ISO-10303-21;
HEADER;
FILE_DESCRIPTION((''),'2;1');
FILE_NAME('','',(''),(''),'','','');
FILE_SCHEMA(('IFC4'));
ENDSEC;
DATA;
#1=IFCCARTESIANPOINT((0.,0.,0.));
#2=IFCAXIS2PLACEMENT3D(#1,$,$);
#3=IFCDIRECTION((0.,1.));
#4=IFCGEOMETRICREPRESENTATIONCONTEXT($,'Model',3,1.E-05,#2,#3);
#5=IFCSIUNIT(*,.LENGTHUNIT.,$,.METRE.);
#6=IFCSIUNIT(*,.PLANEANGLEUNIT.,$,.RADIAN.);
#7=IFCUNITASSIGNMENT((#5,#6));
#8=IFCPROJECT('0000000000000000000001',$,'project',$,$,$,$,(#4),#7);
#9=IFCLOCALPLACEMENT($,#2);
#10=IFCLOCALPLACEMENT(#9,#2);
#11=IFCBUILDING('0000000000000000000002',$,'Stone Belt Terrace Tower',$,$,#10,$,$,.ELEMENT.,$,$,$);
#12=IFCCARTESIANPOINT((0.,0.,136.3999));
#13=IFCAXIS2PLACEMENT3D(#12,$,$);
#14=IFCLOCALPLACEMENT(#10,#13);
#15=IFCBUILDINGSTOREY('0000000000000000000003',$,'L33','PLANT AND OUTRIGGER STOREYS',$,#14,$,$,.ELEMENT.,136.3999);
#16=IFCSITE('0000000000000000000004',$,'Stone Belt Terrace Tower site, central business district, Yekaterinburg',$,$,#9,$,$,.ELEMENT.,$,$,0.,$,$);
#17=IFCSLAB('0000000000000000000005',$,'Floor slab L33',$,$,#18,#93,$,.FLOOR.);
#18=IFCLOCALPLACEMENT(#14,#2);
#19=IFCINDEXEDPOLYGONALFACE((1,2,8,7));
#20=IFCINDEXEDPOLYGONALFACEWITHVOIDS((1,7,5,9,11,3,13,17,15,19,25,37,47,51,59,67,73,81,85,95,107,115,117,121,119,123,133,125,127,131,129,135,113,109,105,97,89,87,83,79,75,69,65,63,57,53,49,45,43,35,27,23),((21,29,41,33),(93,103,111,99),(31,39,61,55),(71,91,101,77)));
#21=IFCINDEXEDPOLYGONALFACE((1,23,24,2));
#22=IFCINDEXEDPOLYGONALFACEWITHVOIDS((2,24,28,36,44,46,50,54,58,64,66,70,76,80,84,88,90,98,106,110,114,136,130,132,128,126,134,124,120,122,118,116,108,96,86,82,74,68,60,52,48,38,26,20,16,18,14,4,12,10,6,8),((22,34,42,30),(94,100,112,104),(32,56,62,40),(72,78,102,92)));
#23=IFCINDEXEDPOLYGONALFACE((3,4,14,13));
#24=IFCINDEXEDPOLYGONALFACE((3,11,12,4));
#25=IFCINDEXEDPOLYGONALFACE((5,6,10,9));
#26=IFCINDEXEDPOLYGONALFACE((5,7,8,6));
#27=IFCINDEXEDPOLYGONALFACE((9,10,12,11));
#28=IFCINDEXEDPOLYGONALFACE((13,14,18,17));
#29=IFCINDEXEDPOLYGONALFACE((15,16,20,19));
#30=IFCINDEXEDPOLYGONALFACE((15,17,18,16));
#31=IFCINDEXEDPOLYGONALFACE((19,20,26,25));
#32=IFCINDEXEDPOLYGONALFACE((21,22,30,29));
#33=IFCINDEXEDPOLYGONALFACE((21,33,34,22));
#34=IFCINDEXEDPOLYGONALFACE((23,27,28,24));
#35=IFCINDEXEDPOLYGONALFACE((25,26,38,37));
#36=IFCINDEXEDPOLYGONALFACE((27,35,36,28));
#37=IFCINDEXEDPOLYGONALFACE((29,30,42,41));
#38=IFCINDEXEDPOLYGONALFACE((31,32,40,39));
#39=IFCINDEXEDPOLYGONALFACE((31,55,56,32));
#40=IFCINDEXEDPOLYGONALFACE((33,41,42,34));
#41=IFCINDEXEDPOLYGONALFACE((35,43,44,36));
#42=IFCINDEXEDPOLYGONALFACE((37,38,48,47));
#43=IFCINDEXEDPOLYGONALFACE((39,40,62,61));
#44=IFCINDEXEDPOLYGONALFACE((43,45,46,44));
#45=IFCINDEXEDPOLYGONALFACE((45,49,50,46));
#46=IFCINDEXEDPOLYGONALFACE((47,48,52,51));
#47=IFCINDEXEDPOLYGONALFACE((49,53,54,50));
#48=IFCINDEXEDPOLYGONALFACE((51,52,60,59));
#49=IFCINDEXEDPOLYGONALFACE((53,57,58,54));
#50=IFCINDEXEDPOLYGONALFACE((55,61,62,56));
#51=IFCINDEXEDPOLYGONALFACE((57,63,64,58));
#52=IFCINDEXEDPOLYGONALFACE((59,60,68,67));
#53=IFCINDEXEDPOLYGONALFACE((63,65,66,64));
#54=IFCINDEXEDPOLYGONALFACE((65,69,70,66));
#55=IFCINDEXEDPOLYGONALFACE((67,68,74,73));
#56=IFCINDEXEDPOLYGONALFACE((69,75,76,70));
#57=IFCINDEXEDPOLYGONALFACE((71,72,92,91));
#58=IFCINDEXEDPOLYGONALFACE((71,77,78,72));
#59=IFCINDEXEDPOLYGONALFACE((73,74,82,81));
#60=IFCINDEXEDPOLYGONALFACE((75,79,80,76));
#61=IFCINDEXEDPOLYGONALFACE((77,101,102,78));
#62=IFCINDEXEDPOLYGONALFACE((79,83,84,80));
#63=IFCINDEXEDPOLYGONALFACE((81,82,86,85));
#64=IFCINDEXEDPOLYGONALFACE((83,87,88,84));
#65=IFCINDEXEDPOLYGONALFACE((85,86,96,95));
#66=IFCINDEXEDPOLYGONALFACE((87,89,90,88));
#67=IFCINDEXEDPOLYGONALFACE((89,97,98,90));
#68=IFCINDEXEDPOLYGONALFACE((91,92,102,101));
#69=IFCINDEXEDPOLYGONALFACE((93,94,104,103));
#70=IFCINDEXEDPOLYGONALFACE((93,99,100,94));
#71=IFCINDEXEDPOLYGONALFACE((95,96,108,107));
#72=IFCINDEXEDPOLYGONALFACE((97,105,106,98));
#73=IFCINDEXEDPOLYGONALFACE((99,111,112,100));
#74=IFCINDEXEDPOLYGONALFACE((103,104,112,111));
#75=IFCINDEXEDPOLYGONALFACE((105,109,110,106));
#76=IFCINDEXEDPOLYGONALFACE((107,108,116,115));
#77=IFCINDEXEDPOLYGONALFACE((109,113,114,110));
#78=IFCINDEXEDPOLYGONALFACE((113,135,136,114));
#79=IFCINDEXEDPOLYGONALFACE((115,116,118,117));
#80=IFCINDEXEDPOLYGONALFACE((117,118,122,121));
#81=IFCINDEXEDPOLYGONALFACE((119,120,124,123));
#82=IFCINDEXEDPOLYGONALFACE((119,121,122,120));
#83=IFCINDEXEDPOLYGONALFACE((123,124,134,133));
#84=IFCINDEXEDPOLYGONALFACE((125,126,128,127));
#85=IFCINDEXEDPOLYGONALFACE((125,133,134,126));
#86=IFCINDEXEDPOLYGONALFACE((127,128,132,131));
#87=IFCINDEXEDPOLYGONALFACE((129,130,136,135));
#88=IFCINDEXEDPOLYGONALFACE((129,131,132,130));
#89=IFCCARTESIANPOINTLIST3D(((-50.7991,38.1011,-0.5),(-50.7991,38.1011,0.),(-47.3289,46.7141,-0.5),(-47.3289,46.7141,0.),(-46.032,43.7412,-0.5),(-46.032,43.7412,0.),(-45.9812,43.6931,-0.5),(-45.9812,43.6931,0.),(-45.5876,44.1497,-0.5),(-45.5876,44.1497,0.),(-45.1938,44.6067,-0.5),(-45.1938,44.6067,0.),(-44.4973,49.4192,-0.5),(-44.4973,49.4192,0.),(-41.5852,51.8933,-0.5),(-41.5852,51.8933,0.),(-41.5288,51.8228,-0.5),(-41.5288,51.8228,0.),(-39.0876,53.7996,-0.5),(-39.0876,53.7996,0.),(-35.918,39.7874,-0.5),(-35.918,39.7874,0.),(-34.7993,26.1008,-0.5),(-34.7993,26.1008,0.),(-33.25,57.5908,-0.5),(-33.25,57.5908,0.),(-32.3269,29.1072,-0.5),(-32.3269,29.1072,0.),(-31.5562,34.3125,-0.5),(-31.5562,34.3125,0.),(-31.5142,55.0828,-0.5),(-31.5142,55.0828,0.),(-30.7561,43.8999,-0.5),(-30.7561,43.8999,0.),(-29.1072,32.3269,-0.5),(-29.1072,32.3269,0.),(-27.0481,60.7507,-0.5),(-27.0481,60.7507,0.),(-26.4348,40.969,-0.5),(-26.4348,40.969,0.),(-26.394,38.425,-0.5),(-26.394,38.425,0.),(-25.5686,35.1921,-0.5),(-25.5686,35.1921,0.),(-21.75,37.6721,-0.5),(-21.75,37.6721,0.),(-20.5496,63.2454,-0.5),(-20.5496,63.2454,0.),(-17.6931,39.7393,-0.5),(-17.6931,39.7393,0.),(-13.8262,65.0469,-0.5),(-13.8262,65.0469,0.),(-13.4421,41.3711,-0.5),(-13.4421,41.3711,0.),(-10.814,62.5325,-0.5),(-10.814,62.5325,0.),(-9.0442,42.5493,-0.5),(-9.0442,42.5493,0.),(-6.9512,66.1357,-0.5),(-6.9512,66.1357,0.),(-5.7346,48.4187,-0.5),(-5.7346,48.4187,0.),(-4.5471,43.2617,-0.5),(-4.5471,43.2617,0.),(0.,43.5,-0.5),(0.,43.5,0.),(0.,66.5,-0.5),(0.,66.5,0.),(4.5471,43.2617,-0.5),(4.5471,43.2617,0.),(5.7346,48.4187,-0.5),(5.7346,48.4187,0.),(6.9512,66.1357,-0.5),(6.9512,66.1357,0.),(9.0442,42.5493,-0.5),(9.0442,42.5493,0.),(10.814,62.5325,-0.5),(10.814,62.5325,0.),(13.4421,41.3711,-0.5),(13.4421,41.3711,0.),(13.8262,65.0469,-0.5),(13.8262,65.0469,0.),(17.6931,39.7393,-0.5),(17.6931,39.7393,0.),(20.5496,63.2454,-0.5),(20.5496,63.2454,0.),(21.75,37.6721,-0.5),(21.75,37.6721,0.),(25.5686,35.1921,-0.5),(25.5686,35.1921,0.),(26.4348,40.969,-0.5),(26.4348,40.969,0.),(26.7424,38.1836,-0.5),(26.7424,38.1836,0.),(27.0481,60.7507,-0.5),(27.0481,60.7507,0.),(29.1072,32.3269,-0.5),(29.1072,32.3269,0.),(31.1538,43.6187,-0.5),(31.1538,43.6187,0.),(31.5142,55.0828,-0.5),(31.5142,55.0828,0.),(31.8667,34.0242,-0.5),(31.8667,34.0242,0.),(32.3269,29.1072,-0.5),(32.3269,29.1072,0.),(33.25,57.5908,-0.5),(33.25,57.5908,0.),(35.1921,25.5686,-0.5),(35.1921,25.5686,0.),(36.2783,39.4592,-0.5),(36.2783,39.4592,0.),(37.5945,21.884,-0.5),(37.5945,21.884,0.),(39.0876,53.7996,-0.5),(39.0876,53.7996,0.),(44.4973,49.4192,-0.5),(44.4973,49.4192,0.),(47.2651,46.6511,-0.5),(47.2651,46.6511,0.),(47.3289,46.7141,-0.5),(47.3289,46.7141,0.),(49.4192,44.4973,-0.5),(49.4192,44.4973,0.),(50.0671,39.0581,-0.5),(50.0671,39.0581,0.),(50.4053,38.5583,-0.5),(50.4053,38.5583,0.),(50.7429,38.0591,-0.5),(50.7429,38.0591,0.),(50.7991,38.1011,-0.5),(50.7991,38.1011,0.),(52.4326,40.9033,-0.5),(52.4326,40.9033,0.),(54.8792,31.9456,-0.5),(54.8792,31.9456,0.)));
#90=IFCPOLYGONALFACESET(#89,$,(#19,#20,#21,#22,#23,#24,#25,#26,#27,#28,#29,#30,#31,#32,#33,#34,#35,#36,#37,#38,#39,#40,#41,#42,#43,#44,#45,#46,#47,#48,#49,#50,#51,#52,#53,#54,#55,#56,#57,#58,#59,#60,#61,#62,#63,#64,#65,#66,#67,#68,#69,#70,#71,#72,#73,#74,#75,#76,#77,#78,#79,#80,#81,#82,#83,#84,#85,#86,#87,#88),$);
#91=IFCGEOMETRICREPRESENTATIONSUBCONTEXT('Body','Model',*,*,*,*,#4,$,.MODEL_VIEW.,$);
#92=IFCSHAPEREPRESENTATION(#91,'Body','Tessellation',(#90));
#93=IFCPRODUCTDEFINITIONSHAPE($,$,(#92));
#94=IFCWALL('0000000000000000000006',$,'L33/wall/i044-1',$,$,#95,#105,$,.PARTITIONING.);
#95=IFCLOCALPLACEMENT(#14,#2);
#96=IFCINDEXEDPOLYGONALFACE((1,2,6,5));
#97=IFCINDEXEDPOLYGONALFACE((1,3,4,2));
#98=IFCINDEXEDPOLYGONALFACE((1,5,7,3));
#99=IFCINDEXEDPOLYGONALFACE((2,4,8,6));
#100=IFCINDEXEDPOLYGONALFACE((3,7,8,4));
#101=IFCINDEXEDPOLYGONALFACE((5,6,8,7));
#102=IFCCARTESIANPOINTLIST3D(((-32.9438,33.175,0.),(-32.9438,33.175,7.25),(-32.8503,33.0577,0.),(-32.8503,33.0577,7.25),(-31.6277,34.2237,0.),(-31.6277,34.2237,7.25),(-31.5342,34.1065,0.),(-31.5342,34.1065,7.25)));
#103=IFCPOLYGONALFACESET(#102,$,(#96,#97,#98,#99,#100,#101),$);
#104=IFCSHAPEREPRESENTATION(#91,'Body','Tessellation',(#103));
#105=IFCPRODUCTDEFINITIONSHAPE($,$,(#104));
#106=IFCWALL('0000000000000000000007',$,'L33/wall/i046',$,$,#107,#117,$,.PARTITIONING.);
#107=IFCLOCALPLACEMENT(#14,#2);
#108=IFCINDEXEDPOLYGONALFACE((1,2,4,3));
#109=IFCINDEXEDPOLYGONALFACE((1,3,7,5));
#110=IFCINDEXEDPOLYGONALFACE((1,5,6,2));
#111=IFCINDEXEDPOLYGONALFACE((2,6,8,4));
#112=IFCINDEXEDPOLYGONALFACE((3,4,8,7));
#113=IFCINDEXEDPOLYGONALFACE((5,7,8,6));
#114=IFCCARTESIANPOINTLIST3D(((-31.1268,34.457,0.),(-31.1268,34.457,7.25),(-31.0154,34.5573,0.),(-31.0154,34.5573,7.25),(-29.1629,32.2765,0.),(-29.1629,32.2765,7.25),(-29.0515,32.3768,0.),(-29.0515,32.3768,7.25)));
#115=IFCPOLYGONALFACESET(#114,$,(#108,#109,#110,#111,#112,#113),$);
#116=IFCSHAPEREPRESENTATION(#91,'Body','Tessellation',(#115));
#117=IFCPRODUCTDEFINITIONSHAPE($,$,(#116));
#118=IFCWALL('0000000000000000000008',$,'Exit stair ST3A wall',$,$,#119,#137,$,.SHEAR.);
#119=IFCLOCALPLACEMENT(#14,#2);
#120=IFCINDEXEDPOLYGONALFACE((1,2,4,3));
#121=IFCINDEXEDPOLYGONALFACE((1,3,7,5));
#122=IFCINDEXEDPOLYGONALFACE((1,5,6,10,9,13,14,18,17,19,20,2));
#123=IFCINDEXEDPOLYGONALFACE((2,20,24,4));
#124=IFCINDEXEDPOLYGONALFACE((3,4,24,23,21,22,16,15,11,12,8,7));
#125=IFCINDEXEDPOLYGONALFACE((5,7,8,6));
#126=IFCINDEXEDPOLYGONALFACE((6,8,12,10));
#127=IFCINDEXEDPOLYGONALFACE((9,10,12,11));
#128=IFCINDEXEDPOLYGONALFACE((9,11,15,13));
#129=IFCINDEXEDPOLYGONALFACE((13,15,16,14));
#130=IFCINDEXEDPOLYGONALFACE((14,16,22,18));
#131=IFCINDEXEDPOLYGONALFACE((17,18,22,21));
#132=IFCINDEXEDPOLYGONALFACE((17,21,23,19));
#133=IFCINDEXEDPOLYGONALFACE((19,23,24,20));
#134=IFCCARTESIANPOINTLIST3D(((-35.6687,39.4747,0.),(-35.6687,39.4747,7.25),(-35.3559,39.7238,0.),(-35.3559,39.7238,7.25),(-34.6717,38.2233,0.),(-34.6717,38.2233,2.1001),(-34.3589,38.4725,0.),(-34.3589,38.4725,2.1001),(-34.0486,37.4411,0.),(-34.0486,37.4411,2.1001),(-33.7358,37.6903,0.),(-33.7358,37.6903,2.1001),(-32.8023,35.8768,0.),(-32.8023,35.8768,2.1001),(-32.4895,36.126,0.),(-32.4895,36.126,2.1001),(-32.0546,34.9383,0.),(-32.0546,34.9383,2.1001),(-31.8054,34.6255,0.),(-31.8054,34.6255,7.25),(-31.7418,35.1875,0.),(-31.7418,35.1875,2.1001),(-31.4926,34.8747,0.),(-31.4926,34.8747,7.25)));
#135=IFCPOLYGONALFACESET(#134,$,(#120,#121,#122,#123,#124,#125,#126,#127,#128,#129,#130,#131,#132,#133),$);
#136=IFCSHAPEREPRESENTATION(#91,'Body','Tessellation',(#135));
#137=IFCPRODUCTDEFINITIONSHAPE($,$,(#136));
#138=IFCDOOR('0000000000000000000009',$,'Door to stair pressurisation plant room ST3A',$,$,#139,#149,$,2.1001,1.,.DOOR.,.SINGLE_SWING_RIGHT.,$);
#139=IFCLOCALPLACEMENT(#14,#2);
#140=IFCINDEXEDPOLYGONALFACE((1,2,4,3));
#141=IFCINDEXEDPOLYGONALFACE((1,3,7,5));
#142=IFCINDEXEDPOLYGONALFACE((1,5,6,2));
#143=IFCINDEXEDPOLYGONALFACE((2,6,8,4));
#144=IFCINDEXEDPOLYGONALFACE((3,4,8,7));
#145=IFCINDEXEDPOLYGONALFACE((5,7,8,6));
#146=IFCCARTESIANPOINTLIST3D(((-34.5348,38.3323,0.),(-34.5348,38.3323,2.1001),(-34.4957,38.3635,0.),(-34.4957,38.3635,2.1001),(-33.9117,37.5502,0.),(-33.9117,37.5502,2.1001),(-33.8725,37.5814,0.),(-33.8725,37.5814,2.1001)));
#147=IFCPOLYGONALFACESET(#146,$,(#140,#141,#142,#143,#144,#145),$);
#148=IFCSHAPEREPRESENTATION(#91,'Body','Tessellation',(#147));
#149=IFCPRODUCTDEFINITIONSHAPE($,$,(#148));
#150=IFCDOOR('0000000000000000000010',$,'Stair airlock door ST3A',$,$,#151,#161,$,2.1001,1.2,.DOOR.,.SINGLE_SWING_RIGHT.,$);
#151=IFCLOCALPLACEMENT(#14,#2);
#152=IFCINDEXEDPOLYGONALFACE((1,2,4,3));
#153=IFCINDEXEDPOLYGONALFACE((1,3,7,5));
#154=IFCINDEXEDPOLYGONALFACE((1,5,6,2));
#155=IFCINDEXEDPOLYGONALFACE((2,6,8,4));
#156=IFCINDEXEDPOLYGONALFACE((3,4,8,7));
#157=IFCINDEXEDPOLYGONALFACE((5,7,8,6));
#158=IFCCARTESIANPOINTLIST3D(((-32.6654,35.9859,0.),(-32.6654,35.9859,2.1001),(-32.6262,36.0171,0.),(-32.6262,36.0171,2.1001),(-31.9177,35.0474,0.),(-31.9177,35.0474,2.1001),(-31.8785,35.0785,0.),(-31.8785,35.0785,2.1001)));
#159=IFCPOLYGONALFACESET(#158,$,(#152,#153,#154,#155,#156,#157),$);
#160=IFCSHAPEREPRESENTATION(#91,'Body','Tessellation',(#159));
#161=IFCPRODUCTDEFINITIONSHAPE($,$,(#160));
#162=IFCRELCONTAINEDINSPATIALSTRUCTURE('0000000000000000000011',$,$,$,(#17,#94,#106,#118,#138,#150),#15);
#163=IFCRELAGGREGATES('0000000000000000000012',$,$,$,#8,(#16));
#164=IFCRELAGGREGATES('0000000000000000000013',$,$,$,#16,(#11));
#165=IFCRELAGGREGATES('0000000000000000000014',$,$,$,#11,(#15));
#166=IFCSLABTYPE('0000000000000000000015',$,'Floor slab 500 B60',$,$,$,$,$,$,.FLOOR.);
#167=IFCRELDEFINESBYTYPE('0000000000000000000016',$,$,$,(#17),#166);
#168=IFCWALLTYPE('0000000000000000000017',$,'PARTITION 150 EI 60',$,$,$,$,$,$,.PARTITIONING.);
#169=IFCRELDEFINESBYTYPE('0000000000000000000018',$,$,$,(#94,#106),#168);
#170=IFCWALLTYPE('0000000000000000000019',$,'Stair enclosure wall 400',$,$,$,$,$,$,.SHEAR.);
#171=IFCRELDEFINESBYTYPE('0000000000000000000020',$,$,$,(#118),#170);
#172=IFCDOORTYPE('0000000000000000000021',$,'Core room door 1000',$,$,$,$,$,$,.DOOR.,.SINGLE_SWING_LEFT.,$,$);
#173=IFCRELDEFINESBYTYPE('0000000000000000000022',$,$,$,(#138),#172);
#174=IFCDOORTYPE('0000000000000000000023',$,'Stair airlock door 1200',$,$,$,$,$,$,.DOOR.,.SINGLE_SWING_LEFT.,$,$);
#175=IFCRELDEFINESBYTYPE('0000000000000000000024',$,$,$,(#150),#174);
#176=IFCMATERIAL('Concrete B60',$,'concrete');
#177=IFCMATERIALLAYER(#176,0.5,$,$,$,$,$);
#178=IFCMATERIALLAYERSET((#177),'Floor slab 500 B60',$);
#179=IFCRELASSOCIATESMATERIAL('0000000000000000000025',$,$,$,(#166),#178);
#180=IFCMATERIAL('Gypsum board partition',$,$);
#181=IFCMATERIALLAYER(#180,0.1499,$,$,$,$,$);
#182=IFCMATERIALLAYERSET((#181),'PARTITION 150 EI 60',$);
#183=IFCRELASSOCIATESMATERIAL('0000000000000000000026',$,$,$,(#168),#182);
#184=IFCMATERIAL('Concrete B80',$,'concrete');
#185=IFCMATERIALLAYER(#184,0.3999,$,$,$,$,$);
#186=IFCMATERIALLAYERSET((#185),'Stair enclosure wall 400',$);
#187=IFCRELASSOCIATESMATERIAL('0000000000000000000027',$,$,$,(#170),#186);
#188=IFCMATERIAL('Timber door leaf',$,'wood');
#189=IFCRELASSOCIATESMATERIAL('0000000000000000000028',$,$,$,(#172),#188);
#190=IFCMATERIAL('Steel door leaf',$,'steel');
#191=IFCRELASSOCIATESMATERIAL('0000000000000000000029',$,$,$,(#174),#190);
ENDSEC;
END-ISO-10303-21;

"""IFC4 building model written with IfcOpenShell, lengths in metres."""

from ifc_helpers import new_model, si_unit, direction, frame, frame_2d, origin, place, context, subcontext, project, spatial, polyline, rectangle, outline, extrude, material, layer, layer_set, type_object, element, fill, save


model = new_model("IFC4")

# Units and contexts
model_context = context("Model", 3, precision=1e-05, world=origin(), true_north=direction((0.0, 1.0)))
body_context = subcontext(model_context, "Body", "Model", "MODEL_VIEW")
ifc_project = project(units=[si_unit("LENGTHUNIT", "METRE"), si_unit("PLANEANGLEUNIT", "RADIAN")], contexts=[model_context])

# Site, building, storey
site_placement = place(None, origin())
site = spatial("IfcSite", under=ifc_project, at=site_placement, Name="Stone Belt Terrace Tower site, central business district, Yekaterinburg", CompositionType="ELEMENT", RefElevation=0.0)
building_placement = place(site_placement, origin())
building = spatial("IfcBuilding", under=site, at=building_placement, Name="Stone Belt Terrace Tower", CompositionType="ELEMENT")
storey_placement = place(building_placement, frame((0.0, 0.0, 136.3999)))
storey = spatial("IfcBuildingStorey", under=building, at=storey_placement, Name="L33", Description="PLANT AND OUTRIGGER STOREYS", CompositionType="ELEMENT", Elevation=136.3999)

# Shared definitions
ifc_material_1 = material(Name="Concrete B80", Category="concrete")

# Shared definitions
ifc_material_2 = material(Name="Concrete B60", Category="concrete")

# Slab
ifc_layer_1 = layer(ifc_material_2, 0.5)
ifc_layer_set_1 = layer_set([ifc_layer_1], Name="Floor slab 500 B60")
slab_type = type_object("IfcSlabType", Name="Floor slab 500 B60", PredefinedType="FLOOR", material=ifc_layer_set_1)
slab_placement = place(storey_placement, frame((0.0, 0.0, -0.5)))
element("IfcSlab", 1, at=slab_placement, inside=storey, type_object=slab_type, Name="Floor slab L33", PredefinedType="FLOOR", context=body_context, shape_type="SweptSolid", body=[
    extrude(outline(polyline([(-45.9812, 43.6931), (-46.032, 43.7412), (-45.5876, 44.1497), (-45.1938, 44.6067), (-47.3289, 46.7141), (-44.4973, 49.4192), (-41.5288, 51.8228), (-41.5852, 51.8933), (-39.0876, 53.7996), (-33.25, 57.5908), (-27.0481, 60.7507), (-20.5496, 63.2454), (-13.8262, 65.0469), (-6.9512, 66.1357), (0.0, 66.5), (6.9512, 66.1357), (13.8262, 65.0469), (20.5496, 63.2454), (27.0481, 60.7507), (33.25, 57.5908), (39.0876, 53.7996), (44.4973, 49.4192), (47.3289, 46.7141), (47.2651, 46.6511), (49.4192, 44.4973), (52.4326, 40.9033), (50.0671, 39.0581), (50.4053, 38.5583), (50.7991, 38.1011), (50.7429, 38.0591), (54.8792, 31.9456), (37.5945, 21.884), (35.1921, 25.5686), (32.3269, 29.1072), (29.1072, 32.3269), (25.5686, 35.1921), (21.75, 37.6721), (17.6931, 39.7393), (13.4421, 41.3711), (9.0442, 42.5493), (4.5471, 43.2617), (0.0, 43.5), (-4.5471, 43.2617), (-9.0442, 42.5493), (-13.4421, 41.3711), (-17.6931, 39.7393), (-21.75, 37.6721), (-25.5686, 35.1921), (-29.1072, 32.3269), (-32.3269, 29.1072), (-34.7993, 26.1008), (-50.7991, 38.1011), (-45.9812, 43.6931)]), holes=[polyline([(-26.4348, 40.969), (-5.7346, 48.4187), (-10.814, 62.5325), (-31.5142, 55.0828), (-26.4348, 40.969)]), polyline([(10.814, 62.5325), (5.7346, 48.4187), (26.4348, 40.969), (31.5142, 55.0828), (10.814, 62.5325)]), polyline([(-35.918, 39.7874), (-31.5562, 34.3125), (-26.394, 38.425), (-30.7561, 43.8999), (-35.918, 39.7874)]), polyline([(36.2783, 39.4592), (31.1538, 43.6187), (26.7424, 38.1836), (31.8667, 34.0242), (36.2783, 39.4592)])]), origin(), (0.0, 0.0, 1.0), 0.5),
])

# Walls
ifc_material_3 = material(Name="Gypsum board partition")
ifc_layer_2 = layer(ifc_material_3, 0.1499)
ifc_layer_set_2 = layer_set([ifc_layer_2], Name="PARTITION 150 EI 60")
wall_type_1 = type_object("IfcWallType", Name="PARTITION 150 EI 60", PredefinedType="PARTITIONING", material=ifc_layer_set_2)
wall_1_placement = place(storey_placement, frame((-31.5811, 34.165, 0.0), z_axis=(0.0, 0.0, 1.0), x_axis=(-0.782056, -0.623208, 0.0)))
element("IfcWall", 2, at=wall_1_placement, inside=storey, type_object=wall_type_1, Name="L33/wall/i044-1", PredefinedType="PARTITIONING", context=body_context, shape_type="SweptSolid", body=[
    extrude(rectangle(XDim=1.6829, YDim=0.1499, at=frame_2d((0.8413, 0.0))), origin(), (0.0, 0.0, 1.0), 7.25),
])
wall_2_placement = place(storey_placement, frame((-29.1072, 32.3267, 0.0), z_axis=(0.0, 0.0, 1.0), x_axis=(-0.669245, 0.743042, 0.0)))
element("IfcWall", 3, at=wall_2_placement, inside=storey, type_object=wall_type_1, Name="L33/wall/i046", PredefinedType="PARTITIONING", context=body_context, shape_type="SweptSolid", body=[
    extrude(rectangle(XDim=2.9346, YDim=0.1499, at=frame_2d((1.4673, 0.0))), origin(), (0.0, 0.0, 1.0), 7.25),
])

# Wall, openings, doors
ifc_layer_3 = layer(ifc_material_1, 0.3999)
ifc_layer_set_3 = layer_set([ifc_layer_3], Name="Stair enclosure wall 400")
wall_type_2 = type_object("IfcWallType", Name="Stair enclosure wall 400", PredefinedType="SHEAR", material=ifc_layer_set_3)
wall_3_placement = place(storey_placement, frame((-31.6489, 34.75, 0.0), z_axis=(0.0, 0.0, 1.0), x_axis=(-0.623119, 0.782127, 0.0)))
wall_3 = element("IfcWall", 4, at=wall_3_placement, inside=storey, type_object=wall_type_2, Name="Exit stair ST3A wall", PredefinedType="SHEAR", context=body_context, shape_type="SweptSolid", body=[
    extrude(rectangle(XDim=6.2, YDim=0.3999, at=frame_2d((3.1001, 0.0))), origin(), (0.0, 0.0, 1.0), 7.25),
])
opening_1_placement = place(wall_3_placement, frame((0.3999, 0.0, 0.0)))
opening_1 = element("IfcOpeningElement", 5, at=opening_1_placement, cuts=wall_3, PredefinedType="OPENING", context=body_context, shape_type="SweptSolid", body=[
    extrude(rectangle(XDim=1.2, YDim=2.1001, at=frame_2d((0.6001, 1.05))), frame((0.0, 0.21, 0.0), z_axis=(0.0, -1.0, 0.0), x_axis=(1.0, 0.0, 0.0)), (0.0, 0.0, 1.0), 0.4199),
])
opening_2_placement = place(wall_3_placement, frame((3.6001, 0.0, 0.0)))
opening_2 = element("IfcOpeningElement", 6, at=opening_2_placement, cuts=wall_3, PredefinedType="OPENING", context=body_context, shape_type="SweptSolid", body=[
    extrude(rectangle(XDim=1.0, YDim=2.1001, at=frame_2d((0.5, 1.05))), frame((0.0, 0.21, 0.0), z_axis=(0.0, -1.0, 0.0), x_axis=(1.0, 0.0, 0.0)), (0.0, 0.0, 1.0), 0.4199),
])
ifc_material_4 = material(Name="Timber door leaf", Category="wood")
door_type_1 = type_object("IfcDoorType", Name="Core room door 1000", OperationType="SINGLE_SWING_LEFT", PredefinedType="DOOR", material=ifc_material_4)
door_1_placement = place(opening_2_placement, origin())
door_1 = element("IfcDoor", 7, at=door_1_placement, inside=storey, type_object=door_type_1, Name="Door to stair pressurisation plant room ST3A", OperationType="SINGLE_SWING_RIGHT", OverallHeight=2.1001, OverallWidth=1.0, PredefinedType="DOOR", context=body_context, shape_type="SweptSolid", body=[
    extrude(rectangle(XDim=1.0, YDim=2.1001, at=frame_2d((0.5, 1.05))), frame((0.0, 0.0249, 0.0), z_axis=(0.0, -1.0, 0.0), x_axis=(1.0, 0.0, 0.0)), (0.0, 0.0, 1.0), 0.05),
])
fill(opening_2, door_1)
ifc_material_5 = material(Name="Steel door leaf", Category="steel")
door_type_2 = type_object("IfcDoorType", Name="Stair airlock door 1200", OperationType="SINGLE_SWING_LEFT", PredefinedType="DOOR", material=ifc_material_5)
door_2_placement = place(opening_1_placement, origin())
door_2 = element("IfcDoor", 8, at=door_2_placement, inside=storey, type_object=door_type_2, Name="Stair airlock door ST3A", OperationType="SINGLE_SWING_RIGHT", OverallHeight=2.1001, OverallWidth=1.2, PredefinedType="DOOR", context=body_context, shape_type="SweptSolid", body=[
    extrude(rectangle(XDim=1.2, YDim=2.1001, at=frame_2d((0.6001, 1.05))), frame((0.0, 0.0249, 0.0), z_axis=(0.0, -1.0, 0.0), x_axis=(1.0, 0.0, 0.0)), (0.0, 0.0, 1.0), 0.05),
])
fill(opening_1, door_2)

save(model, "model.ifc")
